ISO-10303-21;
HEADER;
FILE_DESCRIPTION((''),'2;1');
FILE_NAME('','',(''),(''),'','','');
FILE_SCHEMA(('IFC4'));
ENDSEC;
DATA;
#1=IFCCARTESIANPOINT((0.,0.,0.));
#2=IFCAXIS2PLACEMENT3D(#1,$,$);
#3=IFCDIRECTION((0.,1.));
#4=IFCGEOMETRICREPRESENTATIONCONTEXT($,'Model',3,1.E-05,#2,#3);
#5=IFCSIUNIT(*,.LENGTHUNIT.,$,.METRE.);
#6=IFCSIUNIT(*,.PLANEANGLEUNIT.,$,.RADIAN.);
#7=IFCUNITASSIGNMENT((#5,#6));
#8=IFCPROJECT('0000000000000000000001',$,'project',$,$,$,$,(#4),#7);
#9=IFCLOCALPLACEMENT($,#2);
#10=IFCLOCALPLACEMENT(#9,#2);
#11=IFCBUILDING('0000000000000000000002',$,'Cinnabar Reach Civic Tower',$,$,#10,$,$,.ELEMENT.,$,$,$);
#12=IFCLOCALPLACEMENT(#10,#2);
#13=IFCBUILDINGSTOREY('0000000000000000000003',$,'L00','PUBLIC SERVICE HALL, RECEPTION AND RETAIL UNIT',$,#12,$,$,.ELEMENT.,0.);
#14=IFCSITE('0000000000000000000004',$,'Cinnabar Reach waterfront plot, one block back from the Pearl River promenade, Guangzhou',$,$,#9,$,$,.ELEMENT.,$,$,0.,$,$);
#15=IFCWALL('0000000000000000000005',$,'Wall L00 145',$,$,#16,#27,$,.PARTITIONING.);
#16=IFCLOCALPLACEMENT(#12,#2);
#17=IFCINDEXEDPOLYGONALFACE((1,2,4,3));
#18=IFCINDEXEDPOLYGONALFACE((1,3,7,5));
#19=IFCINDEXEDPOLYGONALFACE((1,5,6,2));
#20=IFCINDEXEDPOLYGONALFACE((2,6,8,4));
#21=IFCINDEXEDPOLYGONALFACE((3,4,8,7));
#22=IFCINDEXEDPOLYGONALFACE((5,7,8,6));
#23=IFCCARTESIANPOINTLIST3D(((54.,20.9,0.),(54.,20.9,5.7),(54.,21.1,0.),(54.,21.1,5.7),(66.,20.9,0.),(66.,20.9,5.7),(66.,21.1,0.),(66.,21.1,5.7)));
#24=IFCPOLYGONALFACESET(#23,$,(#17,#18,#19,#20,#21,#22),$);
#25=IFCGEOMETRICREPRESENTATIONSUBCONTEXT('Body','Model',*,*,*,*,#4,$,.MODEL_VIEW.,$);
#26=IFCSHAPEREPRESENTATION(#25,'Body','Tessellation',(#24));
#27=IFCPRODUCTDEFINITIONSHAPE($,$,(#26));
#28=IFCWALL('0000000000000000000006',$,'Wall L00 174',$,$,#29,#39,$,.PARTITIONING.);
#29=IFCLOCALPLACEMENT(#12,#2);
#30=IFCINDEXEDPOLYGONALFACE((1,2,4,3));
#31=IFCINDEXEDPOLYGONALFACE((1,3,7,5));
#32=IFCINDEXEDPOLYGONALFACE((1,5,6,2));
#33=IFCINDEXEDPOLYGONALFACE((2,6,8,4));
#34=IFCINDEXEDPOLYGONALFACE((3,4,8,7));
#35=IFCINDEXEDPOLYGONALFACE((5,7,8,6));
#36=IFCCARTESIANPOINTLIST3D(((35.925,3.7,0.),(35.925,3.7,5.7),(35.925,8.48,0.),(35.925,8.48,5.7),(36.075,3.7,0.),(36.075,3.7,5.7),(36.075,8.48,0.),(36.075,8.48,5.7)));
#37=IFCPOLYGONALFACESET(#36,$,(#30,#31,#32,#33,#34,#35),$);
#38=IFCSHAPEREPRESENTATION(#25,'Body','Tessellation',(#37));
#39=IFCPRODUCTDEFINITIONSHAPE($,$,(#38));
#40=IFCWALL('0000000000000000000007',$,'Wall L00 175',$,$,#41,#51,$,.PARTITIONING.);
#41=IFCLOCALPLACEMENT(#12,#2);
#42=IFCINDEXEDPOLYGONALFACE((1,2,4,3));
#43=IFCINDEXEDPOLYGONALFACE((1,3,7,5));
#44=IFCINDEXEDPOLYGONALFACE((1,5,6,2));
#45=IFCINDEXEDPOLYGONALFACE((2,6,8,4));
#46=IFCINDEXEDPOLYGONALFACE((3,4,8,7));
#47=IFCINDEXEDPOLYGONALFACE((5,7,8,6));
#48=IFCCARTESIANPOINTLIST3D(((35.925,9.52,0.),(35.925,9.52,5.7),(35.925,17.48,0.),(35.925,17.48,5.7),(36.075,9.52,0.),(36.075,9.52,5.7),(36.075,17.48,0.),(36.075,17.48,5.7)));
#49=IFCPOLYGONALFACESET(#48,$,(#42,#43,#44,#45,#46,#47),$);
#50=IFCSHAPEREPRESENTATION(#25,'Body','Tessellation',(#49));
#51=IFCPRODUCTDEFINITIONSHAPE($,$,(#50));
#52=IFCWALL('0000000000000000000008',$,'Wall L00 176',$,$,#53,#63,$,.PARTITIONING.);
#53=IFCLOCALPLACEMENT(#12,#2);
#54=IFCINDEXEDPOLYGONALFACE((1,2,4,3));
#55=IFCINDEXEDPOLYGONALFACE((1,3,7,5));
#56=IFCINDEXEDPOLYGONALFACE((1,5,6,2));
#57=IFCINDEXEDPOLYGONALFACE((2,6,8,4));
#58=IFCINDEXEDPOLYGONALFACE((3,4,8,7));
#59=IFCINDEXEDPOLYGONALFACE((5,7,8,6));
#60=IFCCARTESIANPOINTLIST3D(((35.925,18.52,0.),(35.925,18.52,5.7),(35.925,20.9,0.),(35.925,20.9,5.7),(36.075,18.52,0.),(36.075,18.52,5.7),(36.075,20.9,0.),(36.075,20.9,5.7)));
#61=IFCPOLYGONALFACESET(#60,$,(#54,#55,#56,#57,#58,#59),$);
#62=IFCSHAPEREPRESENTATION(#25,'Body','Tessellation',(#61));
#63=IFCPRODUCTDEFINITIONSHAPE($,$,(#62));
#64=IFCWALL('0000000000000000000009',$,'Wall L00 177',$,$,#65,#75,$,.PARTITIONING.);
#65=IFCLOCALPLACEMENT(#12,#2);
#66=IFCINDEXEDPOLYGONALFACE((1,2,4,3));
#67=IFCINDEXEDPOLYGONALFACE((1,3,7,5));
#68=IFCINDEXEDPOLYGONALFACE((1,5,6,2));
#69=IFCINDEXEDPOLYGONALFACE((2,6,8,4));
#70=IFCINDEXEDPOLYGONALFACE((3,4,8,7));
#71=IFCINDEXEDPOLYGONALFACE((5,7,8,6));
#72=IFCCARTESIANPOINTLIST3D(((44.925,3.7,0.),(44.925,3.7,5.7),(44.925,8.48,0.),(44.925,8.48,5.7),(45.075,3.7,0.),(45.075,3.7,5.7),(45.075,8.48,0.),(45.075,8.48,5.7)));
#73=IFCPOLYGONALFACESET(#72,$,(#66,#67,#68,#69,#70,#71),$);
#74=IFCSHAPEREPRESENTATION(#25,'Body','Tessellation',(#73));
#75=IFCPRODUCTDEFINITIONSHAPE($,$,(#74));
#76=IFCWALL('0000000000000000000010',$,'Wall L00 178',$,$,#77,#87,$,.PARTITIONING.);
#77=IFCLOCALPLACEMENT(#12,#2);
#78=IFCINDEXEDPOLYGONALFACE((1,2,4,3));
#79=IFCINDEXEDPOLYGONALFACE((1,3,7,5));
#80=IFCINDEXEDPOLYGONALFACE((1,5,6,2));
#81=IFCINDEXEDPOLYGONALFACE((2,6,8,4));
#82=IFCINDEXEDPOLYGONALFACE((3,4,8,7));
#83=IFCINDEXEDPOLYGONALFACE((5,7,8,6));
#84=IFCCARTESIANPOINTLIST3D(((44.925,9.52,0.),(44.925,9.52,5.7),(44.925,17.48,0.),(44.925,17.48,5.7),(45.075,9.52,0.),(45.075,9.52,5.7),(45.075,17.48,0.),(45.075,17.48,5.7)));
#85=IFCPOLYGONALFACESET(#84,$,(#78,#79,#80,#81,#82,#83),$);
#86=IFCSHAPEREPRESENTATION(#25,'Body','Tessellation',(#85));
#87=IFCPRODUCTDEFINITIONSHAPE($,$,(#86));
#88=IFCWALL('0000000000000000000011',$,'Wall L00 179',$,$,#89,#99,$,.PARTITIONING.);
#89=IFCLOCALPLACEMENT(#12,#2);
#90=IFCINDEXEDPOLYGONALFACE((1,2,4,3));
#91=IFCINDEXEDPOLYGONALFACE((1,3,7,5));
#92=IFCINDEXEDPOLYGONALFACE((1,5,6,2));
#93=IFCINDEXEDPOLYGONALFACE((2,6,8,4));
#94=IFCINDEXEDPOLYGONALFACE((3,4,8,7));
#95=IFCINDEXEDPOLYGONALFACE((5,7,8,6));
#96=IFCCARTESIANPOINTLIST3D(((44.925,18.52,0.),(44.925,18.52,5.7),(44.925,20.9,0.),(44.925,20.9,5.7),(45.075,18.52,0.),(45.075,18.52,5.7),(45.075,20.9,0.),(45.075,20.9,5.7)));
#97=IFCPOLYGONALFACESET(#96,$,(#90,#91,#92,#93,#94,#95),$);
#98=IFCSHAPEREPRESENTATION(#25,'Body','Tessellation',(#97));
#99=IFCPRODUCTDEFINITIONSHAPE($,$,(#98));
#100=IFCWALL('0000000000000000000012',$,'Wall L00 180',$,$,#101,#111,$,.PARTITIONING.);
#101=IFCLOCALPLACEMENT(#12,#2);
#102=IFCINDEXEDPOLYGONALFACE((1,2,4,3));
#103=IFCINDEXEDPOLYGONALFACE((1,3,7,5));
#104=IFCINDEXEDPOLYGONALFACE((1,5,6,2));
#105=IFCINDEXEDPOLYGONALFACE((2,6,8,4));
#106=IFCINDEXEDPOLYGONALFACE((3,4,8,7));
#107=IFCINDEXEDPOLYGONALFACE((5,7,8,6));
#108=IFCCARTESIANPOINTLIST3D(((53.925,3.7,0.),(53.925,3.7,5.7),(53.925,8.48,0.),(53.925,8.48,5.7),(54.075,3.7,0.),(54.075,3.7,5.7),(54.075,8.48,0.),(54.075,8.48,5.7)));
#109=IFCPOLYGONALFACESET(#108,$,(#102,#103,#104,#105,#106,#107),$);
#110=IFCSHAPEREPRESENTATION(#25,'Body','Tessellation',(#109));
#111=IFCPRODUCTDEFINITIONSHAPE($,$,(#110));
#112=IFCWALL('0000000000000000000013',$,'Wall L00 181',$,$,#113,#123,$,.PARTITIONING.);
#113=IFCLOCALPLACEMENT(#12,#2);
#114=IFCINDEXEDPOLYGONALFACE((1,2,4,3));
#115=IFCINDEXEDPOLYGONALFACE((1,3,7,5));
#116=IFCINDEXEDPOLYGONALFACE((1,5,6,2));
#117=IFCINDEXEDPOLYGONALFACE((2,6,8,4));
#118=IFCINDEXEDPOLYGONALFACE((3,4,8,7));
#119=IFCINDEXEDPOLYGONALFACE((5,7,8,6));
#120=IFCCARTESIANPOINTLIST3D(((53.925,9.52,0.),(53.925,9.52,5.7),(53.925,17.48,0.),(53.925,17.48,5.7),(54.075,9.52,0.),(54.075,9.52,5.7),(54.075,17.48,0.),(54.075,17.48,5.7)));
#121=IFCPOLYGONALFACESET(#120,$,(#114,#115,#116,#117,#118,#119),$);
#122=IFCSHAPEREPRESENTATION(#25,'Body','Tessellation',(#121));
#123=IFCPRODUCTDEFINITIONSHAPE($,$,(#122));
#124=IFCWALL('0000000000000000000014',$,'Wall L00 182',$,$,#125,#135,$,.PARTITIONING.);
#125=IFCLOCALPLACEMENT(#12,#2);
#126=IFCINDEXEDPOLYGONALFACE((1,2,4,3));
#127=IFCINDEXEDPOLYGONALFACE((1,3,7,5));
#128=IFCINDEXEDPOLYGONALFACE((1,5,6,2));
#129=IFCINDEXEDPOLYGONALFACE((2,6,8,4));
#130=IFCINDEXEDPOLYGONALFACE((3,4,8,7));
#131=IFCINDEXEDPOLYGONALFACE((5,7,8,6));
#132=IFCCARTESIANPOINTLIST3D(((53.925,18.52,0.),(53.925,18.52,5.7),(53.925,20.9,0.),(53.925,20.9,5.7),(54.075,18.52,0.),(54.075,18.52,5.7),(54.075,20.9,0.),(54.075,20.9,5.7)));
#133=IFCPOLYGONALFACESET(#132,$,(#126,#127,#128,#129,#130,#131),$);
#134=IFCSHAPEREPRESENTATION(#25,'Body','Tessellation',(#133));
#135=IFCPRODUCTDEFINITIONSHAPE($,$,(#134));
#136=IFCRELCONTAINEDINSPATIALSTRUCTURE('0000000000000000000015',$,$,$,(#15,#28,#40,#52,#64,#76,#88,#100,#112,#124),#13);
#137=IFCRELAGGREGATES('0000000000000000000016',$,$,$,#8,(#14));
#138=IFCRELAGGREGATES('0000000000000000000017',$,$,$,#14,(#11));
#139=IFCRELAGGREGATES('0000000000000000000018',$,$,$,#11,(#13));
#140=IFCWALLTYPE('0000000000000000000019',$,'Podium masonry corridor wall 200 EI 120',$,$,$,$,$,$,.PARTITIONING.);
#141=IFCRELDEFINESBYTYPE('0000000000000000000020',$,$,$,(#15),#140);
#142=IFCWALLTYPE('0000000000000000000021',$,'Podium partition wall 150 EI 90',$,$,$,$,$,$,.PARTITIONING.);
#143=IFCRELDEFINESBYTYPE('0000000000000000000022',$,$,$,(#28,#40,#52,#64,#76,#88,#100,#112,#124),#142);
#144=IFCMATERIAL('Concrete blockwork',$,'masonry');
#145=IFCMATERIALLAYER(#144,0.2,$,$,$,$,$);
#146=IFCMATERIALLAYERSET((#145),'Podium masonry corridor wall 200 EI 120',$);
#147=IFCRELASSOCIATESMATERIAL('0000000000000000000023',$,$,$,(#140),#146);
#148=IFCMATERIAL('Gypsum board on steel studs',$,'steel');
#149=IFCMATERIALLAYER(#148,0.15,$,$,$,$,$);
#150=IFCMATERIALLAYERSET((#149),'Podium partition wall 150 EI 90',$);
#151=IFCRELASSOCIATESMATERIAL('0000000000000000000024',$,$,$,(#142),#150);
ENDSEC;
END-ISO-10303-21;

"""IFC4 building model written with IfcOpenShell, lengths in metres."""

from ifc_helpers import new_model, si_unit, direction, frame, frame_2d, origin, place, context, subcontext, project, spatial, rectangle, extrude, material, layer, layer_set, type_object, element, save


model = new_model("IFC4")

# Units and contexts
model_context = context("Model", 3, precision=1e-05, world=origin(), true_north=direction((0.0, 1.0)))
body_context = subcontext(model_context, "Body", "Model", "MODEL_VIEW")
ifc_project = project(units=[si_unit("LENGTHUNIT", "METRE"), si_unit("PLANEANGLEUNIT", "RADIAN")], contexts=[model_context])

# Site, building, storey
site_placement = place(None, origin())
site = spatial("IfcSite", under=ifc_project, at=site_placement, Name="Cinnabar Reach waterfront plot, one block back from the Pearl River promenade, Guangzhou", CompositionType="ELEMENT", RefElevation=0.0)
building_placement = place(site_placement, origin())
building = spatial("IfcBuilding", under=site, at=building_placement, Name="Cinnabar Reach Civic Tower", CompositionType="ELEMENT")
storey_placement = place(building_placement, origin())
storey = spatial("IfcBuildingStorey", under=building, at=storey_placement, Name="L00", Description="PUBLIC SERVICE HALL, RECEPTION AND RETAIL UNIT", CompositionType="ELEMENT", Elevation=0.0)

# Shared definitions
ifc_material_1 = material(Name="Concrete blockwork", Category="masonry")
ifc_layer_1 = layer(ifc_material_1, 0.2)
ifc_layer_set_1 = layer_set([ifc_layer_1], Name="Podium masonry corridor wall 200 EI 120")
wall_type_1 = type_object("IfcWallType", Name="Podium masonry corridor wall 200 EI 120", PredefinedType="PARTITIONING", material=ifc_layer_set_1)

# Walls
wall_1_placement = place(storey_placement, frame((54.0, 21.0, 0.0), z_axis=(0.0, 0.0, 1.0), x_axis=(1.0, 0.0, 0.0)))
element("IfcWall", 1, at=wall_1_placement, inside=storey, type_object=wall_type_1, Name="Wall L00 145", PredefinedType="PARTITIONING", context=body_context, shape_type="SweptSolid", body=[
    extrude(rectangle(XDim=12.0, YDim=0.2, at=frame_2d((6.0, 0.0))), origin(), (0.0, 0.0, 1.0), 5.7),
])
ifc_material_2 = material(Name="Gypsum board on steel studs", Category="steel")
ifc_layer_2 = layer(ifc_material_2, 0.15)
ifc_layer_set_2 = layer_set([ifc_layer_2], Name="Podium partition wall 150 EI 90")
wall_type_2 = type_object("IfcWallType", Name="Podium partition wall 150 EI 90", PredefinedType="PARTITIONING", material=ifc_layer_set_2)
wall_2_placement = place(storey_placement, frame((36.0, 3.7, 0.0), z_axis=(0.0, 0.0, 1.0), x_axis=(0.0, 1.0, 0.0)))
element("IfcWall", 2, at=wall_2_placement, inside=storey, type_object=wall_type_2, Name="Wall L00 174", PredefinedType="PARTITIONING", context=body_context, shape_type="SweptSolid", body=[
    extrude(rectangle(XDim=4.78, YDim=0.15, at=frame_2d((2.39, 0.0))), origin(), (0.0, 0.0, 1.0), 5.7),
])
wall_3_placement = place(storey_placement, frame((36.0, 9.52, 0.0), z_axis=(0.0, 0.0, 1.0), x_axis=(0.0, 1.0, 0.0)))
element("IfcWall", 3, at=wall_3_placement, inside=storey, type_object=wall_type_2, Name="Wall L00 175", PredefinedType="PARTITIONING", context=body_context, shape_type="SweptSolid", body=[
    extrude(rectangle(XDim=7.96, YDim=0.15, at=frame_2d((3.98, 0.0))), origin(), (0.0, 0.0, 1.0), 5.7),
])
wall_4_placement = place(storey_placement, frame((36.0, 18.52, 0.0), z_axis=(0.0, 0.0, 1.0), x_axis=(0.0, 1.0, 0.0)))
element("IfcWall", 4, at=wall_4_placement, inside=storey, type_object=wall_type_2, Name="Wall L00 176", PredefinedType="PARTITIONING", context=body_context, shape_type="SweptSolid", body=[
    extrude(rectangle(XDim=2.38, YDim=0.15, at=frame_2d((1.19, 0.0))), origin(), (0.0, 0.0, 1.0), 5.7),
])
wall_5_placement = place(storey_placement, frame((45.0, 3.7, 0.0), z_axis=(0.0, 0.0, 1.0), x_axis=(0.0, 1.0, 0.0)))
element("IfcWall", 5, at=wall_5_placement, inside=storey, type_object=wall_type_2, Name="Wall L00 177", PredefinedType="PARTITIONING", context=body_context, shape_type="SweptSolid", body=[
    extrude(rectangle(XDim=4.78, YDim=0.15, at=frame_2d((2.39, 0.0))), origin(), (0.0, 0.0, 1.0), 5.7),
])
wall_6_placement = place(storey_placement, frame((45.0, 9.52, 0.0), z_axis=(0.0, 0.0, 1.0), x_axis=(0.0, 1.0, 0.0)))
element("IfcWall", 6, at=wall_6_placement, inside=storey, type_object=wall_type_2, Name="Wall L00 178", PredefinedType="PARTITIONING", context=body_context, shape_type="SweptSolid", body=[
    extrude(rectangle(XDim=7.96, YDim=0.15, at=frame_2d((3.98, 0.0))), origin(), (0.0, 0.0, 1.0), 5.7),
])
wall_7_placement = place(storey_placement, frame((45.0, 18.52, 0.0), z_axis=(0.0, 0.0, 1.0), x_axis=(0.0, 1.0, 0.0)))
element("IfcWall", 7, at=wall_7_placement, inside=storey, type_object=wall_type_2, Name="Wall L00 179", PredefinedType="PARTITIONING", context=body_context, shape_type="SweptSolid", body=[
    extrude(rectangle(XDim=2.38, YDim=0.15, at=frame_2d((1.19, 0.0))), origin(), (0.0, 0.0, 1.0), 5.7),
])
wall_8_placement = place(storey_placement, frame((54.0, 3.7, 0.0), z_axis=(0.0, 0.0, 1.0), x_axis=(0.0, 1.0, 0.0)))
element("IfcWall", 8, at=wall_8_placement, inside=storey, type_object=wall_type_2, Name="Wall L00 180", PredefinedType="PARTITIONING", context=body_context, shape_type="SweptSolid", body=[
    extrude(rectangle(XDim=4.78, YDim=0.15, at=frame_2d((2.39, 0.0))), origin(), (0.0, 0.0, 1.0), 5.7),
])
wall_9_placement = place(storey_placement, frame((54.0, 9.52, 0.0), z_axis=(0.0, 0.0, 1.0), x_axis=(0.0, 1.0, 0.0)))
element("IfcWall", 9, at=wall_9_placement, inside=storey, type_object=wall_type_2, Name="Wall L00 181", PredefinedType="PARTITIONING", context=body_context, shape_type="SweptSolid", body=[
    extrude(rectangle(XDim=7.96, YDim=0.15, at=frame_2d((3.98, 0.0))), origin(), (0.0, 0.0, 1.0), 5.7),
])
wall_10_placement = place(storey_placement, frame((54.0, 18.52, 0.0), z_axis=(0.0, 0.0, 1.0), x_axis=(0.0, 1.0, 0.0)))
element("IfcWall", 10, at=wall_10_placement, inside=storey, type_object=wall_type_2, Name="Wall L00 182", PredefinedType="PARTITIONING", context=body_context, shape_type="SweptSolid", body=[
    extrude(rectangle(XDim=2.38, YDim=0.15, at=frame_2d((1.19, 0.0))), origin(), (0.0, 0.0, 1.0), 5.7),
])

save(model, "model.ifc")
